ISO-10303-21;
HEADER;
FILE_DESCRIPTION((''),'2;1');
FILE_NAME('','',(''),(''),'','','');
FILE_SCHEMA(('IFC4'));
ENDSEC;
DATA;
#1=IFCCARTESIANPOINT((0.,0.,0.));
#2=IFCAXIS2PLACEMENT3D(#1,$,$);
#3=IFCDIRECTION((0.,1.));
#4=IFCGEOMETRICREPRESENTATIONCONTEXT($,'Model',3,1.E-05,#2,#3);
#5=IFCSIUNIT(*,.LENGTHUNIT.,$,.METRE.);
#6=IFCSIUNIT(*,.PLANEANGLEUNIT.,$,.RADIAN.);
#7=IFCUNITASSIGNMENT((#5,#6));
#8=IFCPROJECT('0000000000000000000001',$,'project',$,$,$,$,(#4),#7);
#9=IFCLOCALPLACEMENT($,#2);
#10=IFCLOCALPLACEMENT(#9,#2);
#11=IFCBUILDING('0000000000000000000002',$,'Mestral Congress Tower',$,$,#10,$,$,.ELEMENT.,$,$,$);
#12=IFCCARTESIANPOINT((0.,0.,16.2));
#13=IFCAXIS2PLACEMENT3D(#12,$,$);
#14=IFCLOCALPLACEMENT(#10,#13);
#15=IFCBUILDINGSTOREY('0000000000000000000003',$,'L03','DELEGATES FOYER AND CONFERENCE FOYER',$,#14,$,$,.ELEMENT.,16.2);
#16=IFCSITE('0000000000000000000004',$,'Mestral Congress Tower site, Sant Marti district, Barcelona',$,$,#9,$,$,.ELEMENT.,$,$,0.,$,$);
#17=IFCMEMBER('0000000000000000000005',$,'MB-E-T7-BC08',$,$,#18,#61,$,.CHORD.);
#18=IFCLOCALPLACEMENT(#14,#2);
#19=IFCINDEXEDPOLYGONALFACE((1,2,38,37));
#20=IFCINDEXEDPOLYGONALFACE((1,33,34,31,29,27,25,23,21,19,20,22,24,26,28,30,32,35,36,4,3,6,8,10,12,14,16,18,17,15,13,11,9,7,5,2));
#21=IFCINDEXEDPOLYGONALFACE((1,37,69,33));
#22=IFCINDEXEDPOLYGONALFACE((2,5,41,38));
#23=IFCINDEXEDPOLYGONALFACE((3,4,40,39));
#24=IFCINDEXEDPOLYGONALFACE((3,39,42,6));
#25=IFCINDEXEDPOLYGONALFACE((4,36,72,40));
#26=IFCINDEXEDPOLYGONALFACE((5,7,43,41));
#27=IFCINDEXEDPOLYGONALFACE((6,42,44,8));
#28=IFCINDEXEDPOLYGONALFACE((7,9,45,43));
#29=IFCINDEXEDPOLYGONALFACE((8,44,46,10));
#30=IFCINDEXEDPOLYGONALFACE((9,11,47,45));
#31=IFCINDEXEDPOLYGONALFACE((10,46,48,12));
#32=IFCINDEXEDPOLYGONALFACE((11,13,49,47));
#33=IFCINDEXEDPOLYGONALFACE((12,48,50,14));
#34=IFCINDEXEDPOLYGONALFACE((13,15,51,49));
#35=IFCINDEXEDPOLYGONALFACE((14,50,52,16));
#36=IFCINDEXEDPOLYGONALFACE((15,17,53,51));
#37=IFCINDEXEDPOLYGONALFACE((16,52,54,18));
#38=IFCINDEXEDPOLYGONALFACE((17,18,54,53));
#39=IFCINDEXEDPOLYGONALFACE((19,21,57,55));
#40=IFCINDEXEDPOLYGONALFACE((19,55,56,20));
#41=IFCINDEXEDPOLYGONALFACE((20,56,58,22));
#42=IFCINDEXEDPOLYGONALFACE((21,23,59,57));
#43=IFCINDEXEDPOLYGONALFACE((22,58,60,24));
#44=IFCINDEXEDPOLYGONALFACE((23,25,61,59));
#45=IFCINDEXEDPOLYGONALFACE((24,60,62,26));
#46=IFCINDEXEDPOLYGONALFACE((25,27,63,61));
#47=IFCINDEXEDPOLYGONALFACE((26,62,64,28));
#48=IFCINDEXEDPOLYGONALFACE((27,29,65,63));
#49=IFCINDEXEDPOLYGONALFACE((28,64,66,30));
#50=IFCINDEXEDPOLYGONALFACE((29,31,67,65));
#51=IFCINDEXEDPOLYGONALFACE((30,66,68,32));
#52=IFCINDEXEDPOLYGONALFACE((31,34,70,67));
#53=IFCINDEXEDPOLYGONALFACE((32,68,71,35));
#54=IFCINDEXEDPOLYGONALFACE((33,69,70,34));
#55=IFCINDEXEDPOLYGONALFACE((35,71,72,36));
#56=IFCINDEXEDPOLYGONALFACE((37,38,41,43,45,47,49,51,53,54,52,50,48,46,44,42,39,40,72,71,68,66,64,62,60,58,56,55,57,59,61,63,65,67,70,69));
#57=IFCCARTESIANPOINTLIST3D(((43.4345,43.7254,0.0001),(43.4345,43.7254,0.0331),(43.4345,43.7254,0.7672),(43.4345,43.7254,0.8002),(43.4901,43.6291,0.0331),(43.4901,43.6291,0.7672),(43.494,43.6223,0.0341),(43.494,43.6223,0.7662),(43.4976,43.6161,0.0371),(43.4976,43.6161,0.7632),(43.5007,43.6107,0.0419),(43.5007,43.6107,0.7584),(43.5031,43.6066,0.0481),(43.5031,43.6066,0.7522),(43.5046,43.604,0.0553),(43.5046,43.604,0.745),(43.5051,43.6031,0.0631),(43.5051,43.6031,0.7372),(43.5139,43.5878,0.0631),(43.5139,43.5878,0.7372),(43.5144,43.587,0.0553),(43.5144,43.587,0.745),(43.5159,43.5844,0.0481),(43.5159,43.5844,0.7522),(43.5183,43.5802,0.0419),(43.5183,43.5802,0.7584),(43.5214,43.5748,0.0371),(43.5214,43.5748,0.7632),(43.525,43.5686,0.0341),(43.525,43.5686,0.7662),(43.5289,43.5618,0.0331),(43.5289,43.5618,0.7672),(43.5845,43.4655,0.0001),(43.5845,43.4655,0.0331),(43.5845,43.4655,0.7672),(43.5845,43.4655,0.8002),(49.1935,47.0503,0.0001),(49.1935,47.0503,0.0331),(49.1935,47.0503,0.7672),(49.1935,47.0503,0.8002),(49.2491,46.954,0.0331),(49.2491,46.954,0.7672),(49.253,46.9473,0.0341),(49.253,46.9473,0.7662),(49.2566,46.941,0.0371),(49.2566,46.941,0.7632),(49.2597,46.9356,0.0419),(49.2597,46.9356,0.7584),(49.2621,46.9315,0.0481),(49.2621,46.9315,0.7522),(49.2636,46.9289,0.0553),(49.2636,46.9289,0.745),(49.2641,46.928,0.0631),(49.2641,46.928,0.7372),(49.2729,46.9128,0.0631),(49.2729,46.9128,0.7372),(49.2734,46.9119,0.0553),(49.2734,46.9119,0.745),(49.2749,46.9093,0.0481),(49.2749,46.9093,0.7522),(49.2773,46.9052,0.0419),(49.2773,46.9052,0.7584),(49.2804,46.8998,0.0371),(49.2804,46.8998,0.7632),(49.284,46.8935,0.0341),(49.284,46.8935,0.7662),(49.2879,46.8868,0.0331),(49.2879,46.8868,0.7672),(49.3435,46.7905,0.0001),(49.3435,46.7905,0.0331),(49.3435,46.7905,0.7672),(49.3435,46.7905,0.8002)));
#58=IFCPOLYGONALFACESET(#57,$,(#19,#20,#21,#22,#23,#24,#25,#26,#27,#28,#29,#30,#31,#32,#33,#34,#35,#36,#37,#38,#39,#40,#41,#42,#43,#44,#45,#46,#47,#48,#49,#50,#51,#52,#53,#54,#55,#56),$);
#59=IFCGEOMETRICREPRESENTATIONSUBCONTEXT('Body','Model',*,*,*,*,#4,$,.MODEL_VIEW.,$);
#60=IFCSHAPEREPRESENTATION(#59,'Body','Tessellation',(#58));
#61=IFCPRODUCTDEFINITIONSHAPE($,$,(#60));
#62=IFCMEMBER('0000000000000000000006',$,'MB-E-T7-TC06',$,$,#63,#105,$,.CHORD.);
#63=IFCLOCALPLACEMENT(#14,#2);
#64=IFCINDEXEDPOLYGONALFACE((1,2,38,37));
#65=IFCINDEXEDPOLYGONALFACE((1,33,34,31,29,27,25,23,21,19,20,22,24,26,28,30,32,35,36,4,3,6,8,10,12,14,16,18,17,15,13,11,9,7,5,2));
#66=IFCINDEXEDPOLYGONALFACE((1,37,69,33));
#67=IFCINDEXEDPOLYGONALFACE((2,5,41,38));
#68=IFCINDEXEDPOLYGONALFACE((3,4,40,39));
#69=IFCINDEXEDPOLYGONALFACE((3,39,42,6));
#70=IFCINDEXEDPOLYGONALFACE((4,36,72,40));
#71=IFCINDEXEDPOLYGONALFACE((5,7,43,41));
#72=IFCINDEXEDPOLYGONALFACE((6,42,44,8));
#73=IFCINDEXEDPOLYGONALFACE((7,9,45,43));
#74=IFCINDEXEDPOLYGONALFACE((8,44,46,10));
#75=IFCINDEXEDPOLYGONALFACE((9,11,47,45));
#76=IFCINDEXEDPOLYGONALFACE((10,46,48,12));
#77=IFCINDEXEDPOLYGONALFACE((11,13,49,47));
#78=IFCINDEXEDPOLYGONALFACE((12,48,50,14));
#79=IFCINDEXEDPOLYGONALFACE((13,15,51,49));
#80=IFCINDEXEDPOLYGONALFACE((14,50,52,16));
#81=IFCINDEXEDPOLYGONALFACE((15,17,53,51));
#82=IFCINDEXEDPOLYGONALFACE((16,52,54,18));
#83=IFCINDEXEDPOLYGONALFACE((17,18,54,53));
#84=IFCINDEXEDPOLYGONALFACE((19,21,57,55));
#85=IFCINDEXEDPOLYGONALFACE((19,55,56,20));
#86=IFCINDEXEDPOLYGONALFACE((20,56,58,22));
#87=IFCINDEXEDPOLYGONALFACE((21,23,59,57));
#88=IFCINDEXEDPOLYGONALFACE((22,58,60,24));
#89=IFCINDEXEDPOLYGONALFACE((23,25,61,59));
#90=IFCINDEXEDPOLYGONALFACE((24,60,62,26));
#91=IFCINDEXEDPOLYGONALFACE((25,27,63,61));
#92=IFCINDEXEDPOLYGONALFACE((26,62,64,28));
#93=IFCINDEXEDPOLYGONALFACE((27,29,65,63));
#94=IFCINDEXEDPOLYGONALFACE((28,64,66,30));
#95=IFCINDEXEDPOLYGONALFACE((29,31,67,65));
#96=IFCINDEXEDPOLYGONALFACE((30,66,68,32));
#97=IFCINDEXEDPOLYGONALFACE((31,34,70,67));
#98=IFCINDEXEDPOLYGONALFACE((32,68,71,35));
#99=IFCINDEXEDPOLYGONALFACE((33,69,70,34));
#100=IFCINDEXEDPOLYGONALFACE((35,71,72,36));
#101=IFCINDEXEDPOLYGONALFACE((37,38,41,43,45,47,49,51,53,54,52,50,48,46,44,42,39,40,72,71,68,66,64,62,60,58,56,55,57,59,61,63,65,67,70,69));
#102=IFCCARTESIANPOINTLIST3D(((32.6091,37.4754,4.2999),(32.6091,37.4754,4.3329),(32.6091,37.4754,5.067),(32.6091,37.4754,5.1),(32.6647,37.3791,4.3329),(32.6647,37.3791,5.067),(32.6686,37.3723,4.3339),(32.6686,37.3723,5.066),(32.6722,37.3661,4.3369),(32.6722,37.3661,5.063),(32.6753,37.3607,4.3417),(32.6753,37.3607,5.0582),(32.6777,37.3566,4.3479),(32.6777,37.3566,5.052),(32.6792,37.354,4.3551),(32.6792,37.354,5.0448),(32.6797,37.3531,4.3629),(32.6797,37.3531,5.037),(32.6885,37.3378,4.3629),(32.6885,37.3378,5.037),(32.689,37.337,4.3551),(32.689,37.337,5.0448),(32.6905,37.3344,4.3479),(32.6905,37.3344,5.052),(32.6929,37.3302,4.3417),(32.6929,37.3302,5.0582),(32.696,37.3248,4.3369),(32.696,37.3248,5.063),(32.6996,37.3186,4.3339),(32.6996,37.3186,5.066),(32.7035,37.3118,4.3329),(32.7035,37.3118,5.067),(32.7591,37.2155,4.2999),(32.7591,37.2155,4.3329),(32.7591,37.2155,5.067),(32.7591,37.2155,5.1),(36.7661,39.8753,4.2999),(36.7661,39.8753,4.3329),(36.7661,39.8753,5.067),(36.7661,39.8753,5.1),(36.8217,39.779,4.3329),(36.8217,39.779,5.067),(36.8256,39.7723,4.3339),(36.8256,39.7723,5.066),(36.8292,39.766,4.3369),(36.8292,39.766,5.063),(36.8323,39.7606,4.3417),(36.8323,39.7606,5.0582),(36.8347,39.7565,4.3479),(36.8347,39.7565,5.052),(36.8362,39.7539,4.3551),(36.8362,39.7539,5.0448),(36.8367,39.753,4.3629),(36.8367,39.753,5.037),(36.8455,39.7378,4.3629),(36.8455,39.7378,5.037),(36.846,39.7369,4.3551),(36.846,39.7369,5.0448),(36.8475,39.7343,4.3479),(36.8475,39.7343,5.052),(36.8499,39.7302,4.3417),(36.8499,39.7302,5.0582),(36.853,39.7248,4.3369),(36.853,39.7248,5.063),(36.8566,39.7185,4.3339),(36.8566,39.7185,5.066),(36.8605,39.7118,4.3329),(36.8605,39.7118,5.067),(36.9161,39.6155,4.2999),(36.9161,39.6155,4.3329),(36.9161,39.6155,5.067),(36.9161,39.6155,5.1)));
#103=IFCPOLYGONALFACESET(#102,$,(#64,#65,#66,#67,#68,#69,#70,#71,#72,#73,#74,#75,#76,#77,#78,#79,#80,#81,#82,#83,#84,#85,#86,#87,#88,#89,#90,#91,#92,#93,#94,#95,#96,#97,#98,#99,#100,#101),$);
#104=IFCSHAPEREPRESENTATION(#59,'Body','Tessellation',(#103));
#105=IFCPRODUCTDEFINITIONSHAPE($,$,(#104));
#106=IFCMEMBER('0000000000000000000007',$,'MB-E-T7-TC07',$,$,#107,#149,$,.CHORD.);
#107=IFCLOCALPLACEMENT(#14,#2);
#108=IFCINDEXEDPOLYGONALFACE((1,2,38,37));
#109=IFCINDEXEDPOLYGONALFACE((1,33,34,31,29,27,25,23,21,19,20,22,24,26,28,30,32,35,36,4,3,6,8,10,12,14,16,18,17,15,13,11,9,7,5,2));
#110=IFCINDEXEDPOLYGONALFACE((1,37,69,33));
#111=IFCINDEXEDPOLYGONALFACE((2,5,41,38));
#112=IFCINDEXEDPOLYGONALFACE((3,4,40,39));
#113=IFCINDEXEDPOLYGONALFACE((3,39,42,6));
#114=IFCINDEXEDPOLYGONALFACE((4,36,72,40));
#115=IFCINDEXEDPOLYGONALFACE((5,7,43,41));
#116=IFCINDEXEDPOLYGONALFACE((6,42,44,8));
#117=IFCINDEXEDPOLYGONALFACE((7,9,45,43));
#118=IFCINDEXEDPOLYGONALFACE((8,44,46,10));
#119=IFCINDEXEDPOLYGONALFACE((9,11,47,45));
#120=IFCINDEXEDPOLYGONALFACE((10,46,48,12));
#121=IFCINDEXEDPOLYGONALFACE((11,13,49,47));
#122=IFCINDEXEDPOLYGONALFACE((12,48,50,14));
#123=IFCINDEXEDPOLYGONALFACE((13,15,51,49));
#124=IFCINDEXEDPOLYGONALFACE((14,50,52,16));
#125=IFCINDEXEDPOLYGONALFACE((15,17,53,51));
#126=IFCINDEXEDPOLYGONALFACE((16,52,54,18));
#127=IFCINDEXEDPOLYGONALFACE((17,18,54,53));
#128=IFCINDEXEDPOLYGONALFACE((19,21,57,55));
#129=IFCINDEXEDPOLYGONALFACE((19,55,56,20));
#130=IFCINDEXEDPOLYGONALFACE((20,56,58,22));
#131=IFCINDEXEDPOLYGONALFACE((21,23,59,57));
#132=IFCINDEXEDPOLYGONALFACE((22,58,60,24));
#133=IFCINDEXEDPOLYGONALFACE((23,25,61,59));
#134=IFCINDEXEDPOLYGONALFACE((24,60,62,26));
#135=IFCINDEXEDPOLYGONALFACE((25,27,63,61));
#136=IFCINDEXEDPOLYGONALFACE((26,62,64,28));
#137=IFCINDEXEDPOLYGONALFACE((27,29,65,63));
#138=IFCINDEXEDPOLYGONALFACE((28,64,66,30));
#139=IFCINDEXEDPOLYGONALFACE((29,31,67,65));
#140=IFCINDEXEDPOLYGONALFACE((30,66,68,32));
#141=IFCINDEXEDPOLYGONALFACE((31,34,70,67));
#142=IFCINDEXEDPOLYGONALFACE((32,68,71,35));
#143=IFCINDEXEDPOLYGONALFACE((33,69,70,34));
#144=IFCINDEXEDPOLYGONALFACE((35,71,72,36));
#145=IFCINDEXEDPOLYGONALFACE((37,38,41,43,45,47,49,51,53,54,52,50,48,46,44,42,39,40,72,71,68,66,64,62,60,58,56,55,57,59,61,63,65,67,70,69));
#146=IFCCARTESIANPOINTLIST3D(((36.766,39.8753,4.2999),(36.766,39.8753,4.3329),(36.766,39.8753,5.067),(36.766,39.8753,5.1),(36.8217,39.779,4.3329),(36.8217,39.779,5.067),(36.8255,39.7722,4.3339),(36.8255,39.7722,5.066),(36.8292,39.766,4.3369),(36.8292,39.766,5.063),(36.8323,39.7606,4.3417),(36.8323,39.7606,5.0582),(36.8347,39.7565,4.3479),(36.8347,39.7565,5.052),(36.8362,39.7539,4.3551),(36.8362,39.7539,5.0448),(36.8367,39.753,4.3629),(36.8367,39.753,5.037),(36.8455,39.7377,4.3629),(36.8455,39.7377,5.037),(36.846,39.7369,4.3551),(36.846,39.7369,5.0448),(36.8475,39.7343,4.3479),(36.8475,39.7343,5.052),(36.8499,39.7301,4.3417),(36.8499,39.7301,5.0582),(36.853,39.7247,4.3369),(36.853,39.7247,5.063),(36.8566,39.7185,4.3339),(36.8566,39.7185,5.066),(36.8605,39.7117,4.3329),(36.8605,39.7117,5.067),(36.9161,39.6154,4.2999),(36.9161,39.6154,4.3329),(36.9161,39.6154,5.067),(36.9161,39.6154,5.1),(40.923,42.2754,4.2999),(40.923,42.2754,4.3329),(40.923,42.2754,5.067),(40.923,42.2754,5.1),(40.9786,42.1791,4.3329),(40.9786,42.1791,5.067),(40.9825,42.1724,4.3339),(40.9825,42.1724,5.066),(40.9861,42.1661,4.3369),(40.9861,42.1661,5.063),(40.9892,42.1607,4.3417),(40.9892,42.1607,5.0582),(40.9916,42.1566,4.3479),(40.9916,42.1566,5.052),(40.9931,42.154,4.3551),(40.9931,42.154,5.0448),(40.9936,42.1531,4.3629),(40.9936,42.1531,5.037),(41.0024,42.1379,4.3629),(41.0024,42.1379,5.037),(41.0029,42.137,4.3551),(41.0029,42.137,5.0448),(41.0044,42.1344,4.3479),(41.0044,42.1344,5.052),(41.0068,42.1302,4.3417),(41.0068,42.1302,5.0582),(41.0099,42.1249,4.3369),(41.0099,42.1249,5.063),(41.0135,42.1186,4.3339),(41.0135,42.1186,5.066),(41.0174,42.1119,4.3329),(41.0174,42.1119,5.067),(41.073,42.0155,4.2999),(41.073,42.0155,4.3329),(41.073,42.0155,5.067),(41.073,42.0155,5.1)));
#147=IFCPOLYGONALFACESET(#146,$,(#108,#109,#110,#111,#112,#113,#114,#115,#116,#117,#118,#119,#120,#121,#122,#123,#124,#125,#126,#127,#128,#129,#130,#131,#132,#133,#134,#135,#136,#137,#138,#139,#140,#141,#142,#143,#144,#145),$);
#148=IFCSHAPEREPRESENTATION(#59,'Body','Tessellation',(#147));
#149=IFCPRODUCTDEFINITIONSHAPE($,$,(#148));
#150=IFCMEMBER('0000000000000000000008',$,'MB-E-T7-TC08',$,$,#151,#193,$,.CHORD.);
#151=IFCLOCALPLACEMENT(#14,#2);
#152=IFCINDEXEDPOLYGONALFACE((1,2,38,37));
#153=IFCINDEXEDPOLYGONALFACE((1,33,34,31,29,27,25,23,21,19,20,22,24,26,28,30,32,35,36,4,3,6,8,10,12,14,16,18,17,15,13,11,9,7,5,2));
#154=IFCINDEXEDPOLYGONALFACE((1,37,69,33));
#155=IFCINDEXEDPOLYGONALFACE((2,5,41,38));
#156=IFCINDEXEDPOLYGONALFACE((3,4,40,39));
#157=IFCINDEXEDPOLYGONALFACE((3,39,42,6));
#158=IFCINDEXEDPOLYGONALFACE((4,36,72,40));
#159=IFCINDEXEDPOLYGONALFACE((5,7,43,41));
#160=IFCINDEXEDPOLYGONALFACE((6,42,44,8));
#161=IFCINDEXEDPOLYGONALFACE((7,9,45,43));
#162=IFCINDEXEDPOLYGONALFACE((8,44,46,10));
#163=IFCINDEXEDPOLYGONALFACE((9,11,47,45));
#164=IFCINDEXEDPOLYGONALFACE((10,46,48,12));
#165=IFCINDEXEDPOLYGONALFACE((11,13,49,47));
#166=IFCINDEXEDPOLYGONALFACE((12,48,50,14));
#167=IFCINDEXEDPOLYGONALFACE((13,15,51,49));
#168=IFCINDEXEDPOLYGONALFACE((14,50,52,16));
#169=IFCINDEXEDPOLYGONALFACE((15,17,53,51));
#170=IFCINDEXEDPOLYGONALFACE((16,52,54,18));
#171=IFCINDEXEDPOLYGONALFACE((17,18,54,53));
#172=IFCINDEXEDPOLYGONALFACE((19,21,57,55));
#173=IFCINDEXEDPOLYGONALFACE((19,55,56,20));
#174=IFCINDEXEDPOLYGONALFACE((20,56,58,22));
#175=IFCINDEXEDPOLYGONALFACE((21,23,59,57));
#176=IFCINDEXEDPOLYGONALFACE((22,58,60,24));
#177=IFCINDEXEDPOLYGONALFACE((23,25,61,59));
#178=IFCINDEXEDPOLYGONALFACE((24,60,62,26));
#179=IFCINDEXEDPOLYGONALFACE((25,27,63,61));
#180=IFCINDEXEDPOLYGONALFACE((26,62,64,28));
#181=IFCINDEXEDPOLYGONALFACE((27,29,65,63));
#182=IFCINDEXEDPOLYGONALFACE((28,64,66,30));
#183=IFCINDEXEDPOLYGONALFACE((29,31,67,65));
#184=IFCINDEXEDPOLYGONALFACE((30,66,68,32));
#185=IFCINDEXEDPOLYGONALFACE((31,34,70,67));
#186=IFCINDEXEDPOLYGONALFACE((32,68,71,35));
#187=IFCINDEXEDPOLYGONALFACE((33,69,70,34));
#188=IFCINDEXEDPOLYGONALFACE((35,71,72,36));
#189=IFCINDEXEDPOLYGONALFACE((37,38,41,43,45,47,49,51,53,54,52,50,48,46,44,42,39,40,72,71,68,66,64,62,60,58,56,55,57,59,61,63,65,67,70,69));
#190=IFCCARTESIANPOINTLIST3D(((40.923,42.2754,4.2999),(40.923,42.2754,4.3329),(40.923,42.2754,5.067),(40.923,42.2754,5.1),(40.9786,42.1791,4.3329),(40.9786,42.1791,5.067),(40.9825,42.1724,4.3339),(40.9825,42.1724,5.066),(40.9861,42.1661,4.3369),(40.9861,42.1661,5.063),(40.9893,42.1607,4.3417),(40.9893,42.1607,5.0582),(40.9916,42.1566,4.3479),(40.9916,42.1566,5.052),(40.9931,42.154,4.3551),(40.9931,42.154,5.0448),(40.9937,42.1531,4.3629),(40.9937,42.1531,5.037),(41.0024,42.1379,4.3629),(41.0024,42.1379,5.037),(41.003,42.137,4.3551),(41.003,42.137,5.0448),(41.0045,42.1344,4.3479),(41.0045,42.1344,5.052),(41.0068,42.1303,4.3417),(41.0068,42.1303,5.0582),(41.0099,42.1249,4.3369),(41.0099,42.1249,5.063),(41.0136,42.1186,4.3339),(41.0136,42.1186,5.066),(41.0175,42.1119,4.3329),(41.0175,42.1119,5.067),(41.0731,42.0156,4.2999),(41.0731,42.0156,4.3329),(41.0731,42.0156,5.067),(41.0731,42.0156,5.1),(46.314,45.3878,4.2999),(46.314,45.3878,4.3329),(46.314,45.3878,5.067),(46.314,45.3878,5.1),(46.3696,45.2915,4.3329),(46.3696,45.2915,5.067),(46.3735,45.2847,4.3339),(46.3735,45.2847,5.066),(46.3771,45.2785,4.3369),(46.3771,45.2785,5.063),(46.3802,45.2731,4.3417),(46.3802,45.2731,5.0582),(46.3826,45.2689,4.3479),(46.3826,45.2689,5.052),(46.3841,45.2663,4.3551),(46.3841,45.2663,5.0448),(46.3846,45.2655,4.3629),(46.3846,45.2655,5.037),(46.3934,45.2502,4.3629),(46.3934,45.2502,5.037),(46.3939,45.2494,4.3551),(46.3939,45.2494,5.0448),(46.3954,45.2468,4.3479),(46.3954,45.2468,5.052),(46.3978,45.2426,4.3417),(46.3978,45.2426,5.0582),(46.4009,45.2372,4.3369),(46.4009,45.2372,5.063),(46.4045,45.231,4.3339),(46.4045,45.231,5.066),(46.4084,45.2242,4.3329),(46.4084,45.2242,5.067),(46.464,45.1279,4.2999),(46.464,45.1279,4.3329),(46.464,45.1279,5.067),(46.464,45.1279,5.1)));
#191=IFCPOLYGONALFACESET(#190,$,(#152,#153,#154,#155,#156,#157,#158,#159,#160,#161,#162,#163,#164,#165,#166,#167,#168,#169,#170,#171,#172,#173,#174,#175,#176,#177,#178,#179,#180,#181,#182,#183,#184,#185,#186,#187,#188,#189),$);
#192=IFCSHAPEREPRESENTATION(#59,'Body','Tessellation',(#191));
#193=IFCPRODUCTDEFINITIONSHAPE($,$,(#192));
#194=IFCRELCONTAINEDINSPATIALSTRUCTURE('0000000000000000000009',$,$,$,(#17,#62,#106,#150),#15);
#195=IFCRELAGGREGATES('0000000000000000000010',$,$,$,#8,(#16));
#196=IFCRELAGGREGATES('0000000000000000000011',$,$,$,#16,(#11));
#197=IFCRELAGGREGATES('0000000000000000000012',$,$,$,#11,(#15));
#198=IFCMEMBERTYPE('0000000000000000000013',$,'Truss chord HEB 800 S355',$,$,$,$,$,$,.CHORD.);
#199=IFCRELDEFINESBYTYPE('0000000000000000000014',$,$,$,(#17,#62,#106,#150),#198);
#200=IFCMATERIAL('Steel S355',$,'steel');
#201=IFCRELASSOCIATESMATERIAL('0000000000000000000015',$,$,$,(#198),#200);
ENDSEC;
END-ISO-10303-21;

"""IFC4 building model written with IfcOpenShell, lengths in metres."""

from ifc_helpers import new_model, si_unit, direction, frame, origin, origin_2d, place, context, subcontext, project, spatial, i_section, extrude, material, material_profile, profile_set, type_object, element, save


model = new_model("IFC4")

# Units and contexts
model_context = context("Model", 3, precision=1e-05, world=origin(), true_north=direction((0.0, 1.0)))
body_context = subcontext(model_context, "Body", "Model", "MODEL_VIEW")
ifc_project = project(units=[si_unit("LENGTHUNIT", "METRE"), si_unit("PLANEANGLEUNIT", "RADIAN")], contexts=[model_context])

# Site, building, storey
site_placement = place(None, origin())
site = spatial("IfcSite", under=ifc_project, at=site_placement, Name="Mestral Congress Tower site, Sant Marti district, Barcelona", CompositionType="ELEMENT", RefElevation=0.0)
building_placement = place(site_placement, origin())
building = spatial("IfcBuilding", under=site, at=building_placement, Name="Mestral Congress Tower", CompositionType="ELEMENT")
storey_placement = place(building_placement, frame((0.0, 0.0, 16.2)))
storey = spatial("IfcBuildingStorey", under=building, at=storey_placement, Name="L03", Description="DELEGATES FOYER AND CONFERENCE FOYER", CompositionType="ELEMENT", Elevation=16.2)

# Members
ifc_material = material(Name="Steel S355", Category="steel")
ifc_material_profile_1 = material_profile(ifc_material, i_section(OverallWidth=0.3, OverallDepth=0.8, WebThickness=0.0176, FlangeThickness=0.033, FilletRadius=0.03, at=origin_2d()), Name="HEB 800")
ifc_profile_set_1 = profile_set([ifc_material_profile_1], Name="Steel S355")
member_type_1 = type_object("IfcMemberType", Name="Truss chord HEB 800 S355", PredefinedType="CHORD", material=ifc_profile_set_1)
member_1_placement = place(storey_placement, frame((43.5095, 43.5955, 0.4001), z_axis=(0.866027, 0.499997, 0.0), x_axis=(-0.499997, 0.866027, 0.0)))
element("IfcMember", 1, at=member_1_placement, inside=storey, type_object=member_type_1, Name="MB-E-T7-BC08", PredefinedType="CHORD", context=body_context, shape_type="SweptSolid", body=[
    extrude(i_section(OverallWidth=0.3, OverallDepth=0.8, WebThickness=0.0176, FlangeThickness=0.033, FilletRadius=0.03, at=origin_2d()), origin(), (0.0, 0.0, 1.0), 6.6499),
])
for number, where, z_axis, x_axis, name in (
    (2, (32.6841, 37.3455, 4.7), (0.866037, 0.499979, 0.0), (-0.499979, 0.866037, 0.0), "MB-E-T7-TC06"),
    (3, (36.8411, 39.7454, 4.7), (0.866015, 0.500017, 0.0), (-0.500017, 0.866015, 0.0), "MB-E-T7-TC07"),
):
    element("IfcMember", number, at=place(storey_placement, frame(where, z_axis=z_axis, x_axis=x_axis)), inside=storey, type_object=member_type_1, Name=name, PredefinedType="CHORD", context=body_context, shape_type="SweptSolid", body=[
        extrude(i_section(OverallWidth=0.3, OverallDepth=0.8, WebThickness=0.0176, FlangeThickness=0.033, FilletRadius=0.03, at=origin_2d()), origin(), (0.0, 0.0, 1.0), 4.8),
    ])
member_2_placement = place(storey_placement, frame((40.998, 42.1455, 4.7), z_axis=(0.866033, 0.499986, 0.0), x_axis=(-0.499986, 0.866033, 0.0)))
element("IfcMember", 4, at=member_2_placement, inside=storey, type_object=member_type_1, Name="MB-E-T7-TC08", PredefinedType="CHORD", context=body_context, shape_type="SweptSolid", body=[
    extrude(i_section(OverallWidth=0.3, OverallDepth=0.8, WebThickness=0.0176, FlangeThickness=0.033, FilletRadius=0.03, at=origin_2d()), origin(), (0.0, 0.0, 1.0), 6.2249),
])

save(model, "model.ifc")
